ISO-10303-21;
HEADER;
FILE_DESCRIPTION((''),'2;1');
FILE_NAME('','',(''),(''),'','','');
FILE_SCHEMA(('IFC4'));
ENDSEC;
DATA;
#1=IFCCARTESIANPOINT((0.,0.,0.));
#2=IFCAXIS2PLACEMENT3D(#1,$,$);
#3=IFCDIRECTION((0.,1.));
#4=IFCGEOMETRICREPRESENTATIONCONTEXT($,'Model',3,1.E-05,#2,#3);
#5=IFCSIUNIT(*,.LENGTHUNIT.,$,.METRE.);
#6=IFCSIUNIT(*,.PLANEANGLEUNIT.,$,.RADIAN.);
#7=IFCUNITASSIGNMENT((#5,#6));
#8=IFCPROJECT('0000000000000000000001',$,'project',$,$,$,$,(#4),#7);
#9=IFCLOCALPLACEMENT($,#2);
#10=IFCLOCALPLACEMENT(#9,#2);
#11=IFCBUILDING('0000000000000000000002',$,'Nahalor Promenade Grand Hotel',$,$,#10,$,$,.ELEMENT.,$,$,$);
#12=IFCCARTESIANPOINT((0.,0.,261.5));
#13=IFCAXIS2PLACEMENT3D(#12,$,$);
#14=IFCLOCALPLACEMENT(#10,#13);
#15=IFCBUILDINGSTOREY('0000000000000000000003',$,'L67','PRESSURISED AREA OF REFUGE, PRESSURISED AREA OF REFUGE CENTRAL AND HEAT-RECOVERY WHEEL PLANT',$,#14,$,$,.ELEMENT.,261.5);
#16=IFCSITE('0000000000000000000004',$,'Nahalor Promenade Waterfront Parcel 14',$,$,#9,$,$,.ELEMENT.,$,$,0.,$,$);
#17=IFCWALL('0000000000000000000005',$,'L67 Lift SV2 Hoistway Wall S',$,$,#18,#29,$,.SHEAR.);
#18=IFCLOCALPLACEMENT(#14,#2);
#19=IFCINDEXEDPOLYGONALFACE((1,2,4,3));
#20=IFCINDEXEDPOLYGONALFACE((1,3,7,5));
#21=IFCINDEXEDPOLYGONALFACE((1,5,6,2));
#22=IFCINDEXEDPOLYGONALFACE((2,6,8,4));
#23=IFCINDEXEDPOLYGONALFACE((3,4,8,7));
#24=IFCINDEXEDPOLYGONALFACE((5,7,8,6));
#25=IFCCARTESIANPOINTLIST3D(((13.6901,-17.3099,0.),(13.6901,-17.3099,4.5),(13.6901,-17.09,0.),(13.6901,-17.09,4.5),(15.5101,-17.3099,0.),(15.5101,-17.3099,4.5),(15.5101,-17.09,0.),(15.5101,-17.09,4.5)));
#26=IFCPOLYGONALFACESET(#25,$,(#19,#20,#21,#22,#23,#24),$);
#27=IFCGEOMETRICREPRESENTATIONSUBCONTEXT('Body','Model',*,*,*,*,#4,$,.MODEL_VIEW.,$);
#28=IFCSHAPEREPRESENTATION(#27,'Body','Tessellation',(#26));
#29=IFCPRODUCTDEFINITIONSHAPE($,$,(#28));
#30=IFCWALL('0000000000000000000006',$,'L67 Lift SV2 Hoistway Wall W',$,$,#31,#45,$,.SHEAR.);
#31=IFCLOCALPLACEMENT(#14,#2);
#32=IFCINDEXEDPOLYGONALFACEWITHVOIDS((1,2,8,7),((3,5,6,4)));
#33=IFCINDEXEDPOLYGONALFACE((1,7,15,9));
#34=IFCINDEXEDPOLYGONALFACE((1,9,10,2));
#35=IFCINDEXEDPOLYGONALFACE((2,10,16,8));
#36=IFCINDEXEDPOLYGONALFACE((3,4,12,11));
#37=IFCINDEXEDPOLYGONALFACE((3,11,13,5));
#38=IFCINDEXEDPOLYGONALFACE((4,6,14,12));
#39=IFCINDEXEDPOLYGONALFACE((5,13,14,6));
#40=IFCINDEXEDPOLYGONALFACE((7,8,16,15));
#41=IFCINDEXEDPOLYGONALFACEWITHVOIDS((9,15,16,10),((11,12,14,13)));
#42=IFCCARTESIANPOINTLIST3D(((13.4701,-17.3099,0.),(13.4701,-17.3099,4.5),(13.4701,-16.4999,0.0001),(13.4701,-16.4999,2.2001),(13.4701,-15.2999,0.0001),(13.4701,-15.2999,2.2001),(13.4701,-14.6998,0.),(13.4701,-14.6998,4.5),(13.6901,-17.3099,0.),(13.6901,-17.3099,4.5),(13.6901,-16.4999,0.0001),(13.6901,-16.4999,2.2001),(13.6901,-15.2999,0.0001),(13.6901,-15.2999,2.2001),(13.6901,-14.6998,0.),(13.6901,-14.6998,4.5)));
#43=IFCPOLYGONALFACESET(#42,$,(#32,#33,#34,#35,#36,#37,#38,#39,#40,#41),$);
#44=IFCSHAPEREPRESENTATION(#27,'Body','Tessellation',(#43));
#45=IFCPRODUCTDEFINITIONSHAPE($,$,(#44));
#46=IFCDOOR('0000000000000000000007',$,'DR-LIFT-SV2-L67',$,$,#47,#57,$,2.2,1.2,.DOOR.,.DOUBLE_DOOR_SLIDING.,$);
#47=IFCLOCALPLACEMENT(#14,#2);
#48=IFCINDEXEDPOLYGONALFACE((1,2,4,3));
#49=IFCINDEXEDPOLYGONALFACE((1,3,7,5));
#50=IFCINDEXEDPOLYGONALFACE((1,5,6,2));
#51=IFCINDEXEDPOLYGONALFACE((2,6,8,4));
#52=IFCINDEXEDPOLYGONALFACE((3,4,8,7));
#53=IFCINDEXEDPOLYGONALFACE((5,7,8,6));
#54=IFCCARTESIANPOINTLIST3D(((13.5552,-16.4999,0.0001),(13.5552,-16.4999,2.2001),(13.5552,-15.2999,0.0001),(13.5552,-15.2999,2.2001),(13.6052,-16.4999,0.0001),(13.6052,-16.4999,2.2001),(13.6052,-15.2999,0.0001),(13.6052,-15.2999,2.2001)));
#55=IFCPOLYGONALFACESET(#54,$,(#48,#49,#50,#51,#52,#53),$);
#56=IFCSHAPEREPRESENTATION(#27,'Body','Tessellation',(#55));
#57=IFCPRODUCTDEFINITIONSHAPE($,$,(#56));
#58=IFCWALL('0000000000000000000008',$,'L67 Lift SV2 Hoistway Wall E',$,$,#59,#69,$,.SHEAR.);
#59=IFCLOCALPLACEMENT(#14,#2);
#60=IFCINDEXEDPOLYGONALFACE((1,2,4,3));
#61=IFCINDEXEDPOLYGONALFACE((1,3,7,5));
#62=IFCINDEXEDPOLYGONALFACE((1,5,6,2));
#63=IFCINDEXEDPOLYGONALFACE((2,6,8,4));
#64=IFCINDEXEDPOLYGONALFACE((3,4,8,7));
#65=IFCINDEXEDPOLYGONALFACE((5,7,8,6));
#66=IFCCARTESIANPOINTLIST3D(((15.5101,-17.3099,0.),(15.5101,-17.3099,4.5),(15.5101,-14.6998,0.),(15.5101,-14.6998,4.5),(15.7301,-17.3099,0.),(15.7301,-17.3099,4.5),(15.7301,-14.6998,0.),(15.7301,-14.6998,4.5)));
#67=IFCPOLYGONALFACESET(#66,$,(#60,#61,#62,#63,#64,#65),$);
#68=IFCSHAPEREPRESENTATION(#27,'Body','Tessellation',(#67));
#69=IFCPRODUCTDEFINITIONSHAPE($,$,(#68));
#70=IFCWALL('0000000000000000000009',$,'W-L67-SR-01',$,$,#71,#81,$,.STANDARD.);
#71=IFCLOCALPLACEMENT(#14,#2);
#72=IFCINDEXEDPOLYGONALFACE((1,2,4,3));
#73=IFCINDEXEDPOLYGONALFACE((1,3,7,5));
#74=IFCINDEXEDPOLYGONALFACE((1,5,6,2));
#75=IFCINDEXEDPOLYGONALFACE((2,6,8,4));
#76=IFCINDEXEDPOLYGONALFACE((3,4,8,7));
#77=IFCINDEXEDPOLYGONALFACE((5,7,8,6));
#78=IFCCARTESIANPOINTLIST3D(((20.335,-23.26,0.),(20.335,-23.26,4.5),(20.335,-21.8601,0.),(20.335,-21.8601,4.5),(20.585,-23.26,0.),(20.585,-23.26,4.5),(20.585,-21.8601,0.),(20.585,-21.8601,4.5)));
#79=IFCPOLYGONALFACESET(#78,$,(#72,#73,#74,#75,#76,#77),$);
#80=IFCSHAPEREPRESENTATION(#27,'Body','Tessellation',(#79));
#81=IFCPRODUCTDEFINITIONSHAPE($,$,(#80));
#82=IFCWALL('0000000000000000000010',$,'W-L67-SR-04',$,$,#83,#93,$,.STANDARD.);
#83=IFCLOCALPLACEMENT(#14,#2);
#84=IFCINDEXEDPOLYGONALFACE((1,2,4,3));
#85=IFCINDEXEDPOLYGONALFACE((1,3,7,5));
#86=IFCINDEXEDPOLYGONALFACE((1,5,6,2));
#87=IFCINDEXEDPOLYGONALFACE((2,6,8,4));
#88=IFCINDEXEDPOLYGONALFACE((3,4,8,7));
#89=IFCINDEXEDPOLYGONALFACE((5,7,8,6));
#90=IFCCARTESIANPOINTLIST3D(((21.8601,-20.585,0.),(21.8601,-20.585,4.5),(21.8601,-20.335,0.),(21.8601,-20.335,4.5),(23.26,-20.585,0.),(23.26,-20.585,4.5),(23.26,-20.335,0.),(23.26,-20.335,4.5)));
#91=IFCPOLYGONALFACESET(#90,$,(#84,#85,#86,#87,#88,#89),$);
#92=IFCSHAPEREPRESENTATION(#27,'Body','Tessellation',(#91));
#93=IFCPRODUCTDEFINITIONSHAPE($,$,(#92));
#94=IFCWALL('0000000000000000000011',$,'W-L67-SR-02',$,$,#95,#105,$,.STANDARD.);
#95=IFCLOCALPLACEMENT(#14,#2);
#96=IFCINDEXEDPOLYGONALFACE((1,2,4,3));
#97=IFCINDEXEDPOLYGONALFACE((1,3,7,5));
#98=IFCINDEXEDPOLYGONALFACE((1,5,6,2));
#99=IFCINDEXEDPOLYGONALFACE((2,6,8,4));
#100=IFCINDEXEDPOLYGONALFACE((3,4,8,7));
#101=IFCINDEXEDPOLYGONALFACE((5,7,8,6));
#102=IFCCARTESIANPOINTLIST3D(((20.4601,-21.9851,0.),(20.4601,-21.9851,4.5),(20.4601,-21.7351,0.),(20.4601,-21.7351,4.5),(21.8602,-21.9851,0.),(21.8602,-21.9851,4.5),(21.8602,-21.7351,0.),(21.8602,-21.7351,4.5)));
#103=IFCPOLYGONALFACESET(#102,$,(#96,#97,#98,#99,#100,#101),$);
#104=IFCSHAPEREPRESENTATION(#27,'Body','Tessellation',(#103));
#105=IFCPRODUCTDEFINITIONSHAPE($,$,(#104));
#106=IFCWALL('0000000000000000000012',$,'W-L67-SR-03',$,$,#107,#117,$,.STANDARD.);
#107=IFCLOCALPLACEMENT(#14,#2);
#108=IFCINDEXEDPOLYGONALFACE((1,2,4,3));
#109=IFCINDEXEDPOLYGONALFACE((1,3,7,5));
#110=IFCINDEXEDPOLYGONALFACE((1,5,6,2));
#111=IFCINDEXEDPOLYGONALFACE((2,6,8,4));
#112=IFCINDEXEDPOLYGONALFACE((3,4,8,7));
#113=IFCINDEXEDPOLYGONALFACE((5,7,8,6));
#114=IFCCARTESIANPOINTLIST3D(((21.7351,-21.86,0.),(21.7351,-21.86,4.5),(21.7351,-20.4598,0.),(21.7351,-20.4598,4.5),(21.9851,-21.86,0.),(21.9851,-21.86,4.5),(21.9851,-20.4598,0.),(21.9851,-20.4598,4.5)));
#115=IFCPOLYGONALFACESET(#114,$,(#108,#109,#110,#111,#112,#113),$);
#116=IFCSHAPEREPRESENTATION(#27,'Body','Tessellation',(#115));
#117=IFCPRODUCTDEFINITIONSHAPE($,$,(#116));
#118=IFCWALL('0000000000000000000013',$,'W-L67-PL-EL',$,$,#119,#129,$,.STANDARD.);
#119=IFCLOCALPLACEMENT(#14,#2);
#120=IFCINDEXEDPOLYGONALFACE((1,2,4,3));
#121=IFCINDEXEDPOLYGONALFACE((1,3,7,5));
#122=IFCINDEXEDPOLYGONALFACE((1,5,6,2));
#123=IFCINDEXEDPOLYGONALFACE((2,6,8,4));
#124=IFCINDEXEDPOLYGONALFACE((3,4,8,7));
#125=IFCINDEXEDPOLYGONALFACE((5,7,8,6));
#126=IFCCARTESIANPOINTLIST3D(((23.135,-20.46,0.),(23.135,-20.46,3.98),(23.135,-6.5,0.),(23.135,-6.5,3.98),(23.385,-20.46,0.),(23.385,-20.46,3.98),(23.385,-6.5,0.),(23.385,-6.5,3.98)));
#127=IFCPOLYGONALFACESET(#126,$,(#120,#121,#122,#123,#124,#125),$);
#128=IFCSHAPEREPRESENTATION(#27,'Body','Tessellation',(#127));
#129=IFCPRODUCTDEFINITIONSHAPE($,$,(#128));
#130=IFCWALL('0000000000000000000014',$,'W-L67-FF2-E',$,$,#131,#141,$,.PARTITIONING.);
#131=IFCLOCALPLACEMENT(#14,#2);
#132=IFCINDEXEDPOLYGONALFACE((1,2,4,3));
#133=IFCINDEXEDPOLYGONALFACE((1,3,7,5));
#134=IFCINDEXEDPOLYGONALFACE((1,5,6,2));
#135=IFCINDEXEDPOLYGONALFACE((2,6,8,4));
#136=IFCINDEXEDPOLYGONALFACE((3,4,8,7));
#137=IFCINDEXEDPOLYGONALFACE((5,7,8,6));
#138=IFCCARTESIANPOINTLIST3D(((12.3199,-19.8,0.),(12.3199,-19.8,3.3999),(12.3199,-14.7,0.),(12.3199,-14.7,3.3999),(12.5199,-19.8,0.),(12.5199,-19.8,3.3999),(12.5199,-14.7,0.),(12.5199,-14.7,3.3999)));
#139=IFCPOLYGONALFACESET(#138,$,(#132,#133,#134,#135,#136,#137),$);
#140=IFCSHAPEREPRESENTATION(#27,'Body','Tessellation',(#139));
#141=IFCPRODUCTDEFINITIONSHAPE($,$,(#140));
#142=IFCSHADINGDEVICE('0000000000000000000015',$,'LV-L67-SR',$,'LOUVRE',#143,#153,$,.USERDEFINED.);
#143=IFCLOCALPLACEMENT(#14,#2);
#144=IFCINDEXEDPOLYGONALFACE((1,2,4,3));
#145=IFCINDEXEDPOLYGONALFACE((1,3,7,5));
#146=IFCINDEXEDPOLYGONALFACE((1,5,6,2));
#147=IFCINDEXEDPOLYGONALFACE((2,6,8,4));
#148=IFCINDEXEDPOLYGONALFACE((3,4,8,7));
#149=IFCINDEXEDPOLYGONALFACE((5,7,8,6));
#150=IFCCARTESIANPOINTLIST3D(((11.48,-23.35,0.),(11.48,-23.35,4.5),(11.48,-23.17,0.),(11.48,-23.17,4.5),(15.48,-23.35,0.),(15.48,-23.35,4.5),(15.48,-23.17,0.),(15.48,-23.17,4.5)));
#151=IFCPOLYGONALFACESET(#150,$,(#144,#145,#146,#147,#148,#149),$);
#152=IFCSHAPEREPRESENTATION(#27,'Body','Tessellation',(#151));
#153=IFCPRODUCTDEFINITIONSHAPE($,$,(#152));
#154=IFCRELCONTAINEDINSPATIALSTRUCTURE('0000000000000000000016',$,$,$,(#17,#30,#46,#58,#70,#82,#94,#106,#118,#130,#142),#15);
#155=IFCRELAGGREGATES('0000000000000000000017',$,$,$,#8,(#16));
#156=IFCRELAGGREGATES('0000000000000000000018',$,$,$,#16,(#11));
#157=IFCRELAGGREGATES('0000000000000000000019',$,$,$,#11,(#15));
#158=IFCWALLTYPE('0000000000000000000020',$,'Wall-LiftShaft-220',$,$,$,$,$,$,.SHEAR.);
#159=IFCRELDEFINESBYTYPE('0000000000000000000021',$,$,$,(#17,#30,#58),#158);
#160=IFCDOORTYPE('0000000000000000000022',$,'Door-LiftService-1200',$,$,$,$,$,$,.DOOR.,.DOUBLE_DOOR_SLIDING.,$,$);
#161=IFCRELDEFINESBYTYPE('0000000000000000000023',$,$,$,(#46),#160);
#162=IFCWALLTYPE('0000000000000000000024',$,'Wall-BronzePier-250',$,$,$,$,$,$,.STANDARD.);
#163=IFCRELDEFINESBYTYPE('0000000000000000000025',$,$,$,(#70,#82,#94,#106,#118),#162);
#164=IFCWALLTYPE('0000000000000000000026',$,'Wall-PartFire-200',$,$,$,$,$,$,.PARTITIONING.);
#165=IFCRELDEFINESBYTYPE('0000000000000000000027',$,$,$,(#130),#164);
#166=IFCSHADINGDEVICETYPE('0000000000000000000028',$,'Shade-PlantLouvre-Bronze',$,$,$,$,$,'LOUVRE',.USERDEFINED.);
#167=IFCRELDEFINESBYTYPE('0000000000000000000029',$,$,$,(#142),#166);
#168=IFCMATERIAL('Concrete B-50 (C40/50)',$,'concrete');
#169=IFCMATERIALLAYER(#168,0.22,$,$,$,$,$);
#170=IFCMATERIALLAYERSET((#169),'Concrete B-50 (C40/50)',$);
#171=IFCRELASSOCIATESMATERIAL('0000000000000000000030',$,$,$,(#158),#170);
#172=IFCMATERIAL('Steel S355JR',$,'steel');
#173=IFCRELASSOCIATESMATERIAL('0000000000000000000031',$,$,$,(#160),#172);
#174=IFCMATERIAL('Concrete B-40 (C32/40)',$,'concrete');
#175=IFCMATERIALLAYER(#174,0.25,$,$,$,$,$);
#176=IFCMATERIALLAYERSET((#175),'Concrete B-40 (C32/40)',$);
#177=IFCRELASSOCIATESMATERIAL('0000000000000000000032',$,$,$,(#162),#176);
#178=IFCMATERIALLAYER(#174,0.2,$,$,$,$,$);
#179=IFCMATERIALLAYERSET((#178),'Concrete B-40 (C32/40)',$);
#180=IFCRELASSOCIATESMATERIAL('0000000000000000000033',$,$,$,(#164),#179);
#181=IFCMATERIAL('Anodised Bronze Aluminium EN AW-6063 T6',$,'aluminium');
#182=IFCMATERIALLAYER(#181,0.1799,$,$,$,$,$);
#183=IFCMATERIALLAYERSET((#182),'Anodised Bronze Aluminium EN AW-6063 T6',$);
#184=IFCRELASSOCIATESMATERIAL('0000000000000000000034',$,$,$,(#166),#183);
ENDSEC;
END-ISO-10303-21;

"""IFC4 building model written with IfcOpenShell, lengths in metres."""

from ifc_helpers import new_model, si_unit, direction, frame, frame_2d, origin, origin_2d, place, context, subcontext, project, spatial, rectangle, extrude, source, transform, mapped, material, layer, layer_set, type_object, element, fill, save


model = new_model("IFC4")

# Units and contexts
model_context = context("Model", 3, precision=1e-05, world=origin(), true_north=direction((0.0, 1.0)))
body_context = subcontext(model_context, "Body", "Model", "MODEL_VIEW")
ifc_project = project(units=[si_unit("LENGTHUNIT", "METRE"), si_unit("PLANEANGLEUNIT", "RADIAN")], contexts=[model_context])

# Site, building, storey
site_placement = place(None, origin())
site = spatial("IfcSite", under=ifc_project, at=site_placement, Name="Nahalor Promenade Waterfront Parcel 14", CompositionType="ELEMENT", RefElevation=0.0)
building_placement = place(site_placement, origin())
building = spatial("IfcBuilding", under=site, at=building_placement, Name="Nahalor Promenade Grand Hotel", CompositionType="ELEMENT")
storey_placement = place(building_placement, frame((0.0, 0.0, 261.5)))
storey = spatial("IfcBuildingStorey", under=building, at=storey_placement, Name="L67", Description="PRESSURISED AREA OF REFUGE, PRESSURISED AREA OF REFUGE CENTRAL AND HEAT-RECOVERY WHEEL PLANT", CompositionType="ELEMENT", Elevation=261.5)

# Shared definitions
ifc_material_1 = material(Name="Steel S355JR", Category="steel")

# Wall
ifc_material_2 = material(Name="Concrete B-50 (C40/50)", Category="concrete")
ifc_layer_1 = layer(ifc_material_2, 0.22)
ifc_layer_set_1 = layer_set([ifc_layer_1], Name="Concrete B-50 (C40/50)")
wall_type_1 = type_object("IfcWallType", Name="Wall-LiftShaft-220", PredefinedType="SHEAR", material=ifc_layer_set_1)
shared_shape_1 = source(origin(), body_context, "Body", "SweptSolid", [
    extrude(rectangle(XDim=1.8201, YDim=0.22, at=frame_2d((0.9102, 0.0))), origin(), (0.0, 0.0, 1.0), 4.5),
])
wall_1_placement = place(storey_placement, frame((13.6899, -17.2, 0.0), z_axis=(0.0, 0.0, 1.0), x_axis=(1.0, 0.0, 0.0)))
element("IfcWall", 1, at=wall_1_placement, inside=storey, type_object=wall_type_1, Name="L67 Lift SV2 Hoistway Wall S", PredefinedType="SHEAR", context=body_context, shape_type="MappedRepresentation", body=[
    mapped(shared_shape_1, transform((0.0, 0.0, 0.0), scale=1.0)),
])

# Wall, opening, door
shared_shape_2 = source(origin(), body_context, "Body", "SweptSolid", [
    extrude(rectangle(XDim=2.6101, YDim=0.22, at=frame_2d((1.3052, 0.0))), origin(), (0.0, 0.0, 1.0), 4.5),
])
wall_2_placement = place(storey_placement, frame((13.5801, -17.3101, 0.0), z_axis=(0.0, 0.0, 1.0), x_axis=(0.0, 1.0, 0.0)))
wall_2 = element("IfcWall", 2, at=wall_2_placement, inside=storey, type_object=wall_type_1, Name="L67 Lift SV2 Hoistway Wall W", PredefinedType="SHEAR", context=body_context, shape_type="MappedRepresentation", body=[
    mapped(shared_shape_2, transform((0.0, 0.0, 0.0), scale=1.0)),
])
opening_placement = place(wall_2_placement, frame((0.8101, 0.0, 0.0)))
opening = element("IfcOpeningElement", 3, at=opening_placement, cuts=wall_2, PredefinedType="OPENING", context=body_context, shape_type="SweptSolid", body=[
    extrude(rectangle(XDim=1.2, YDim=2.2, at=frame_2d((0.6001, 1.1001))), frame((0.0, 0.1199, 0.0), z_axis=(0.0, -1.0, 0.0), x_axis=(1.0, 0.0, 0.0)), (0.0, 0.0, 1.0), 0.24),
])
door_type = type_object("IfcDoorType", Name="Door-LiftService-1200", OperationType="DOUBLE_DOOR_SLIDING", PredefinedType="DOOR", material=ifc_material_1)
shared_shape_3 = source(origin(), body_context, "Body", "SweptSolid", [
    extrude(rectangle(XDim=1.2, YDim=2.2, at=frame_2d((0.6001, 1.1001))), frame((0.0, 0.0249, 0.0), z_axis=(0.0, -1.0, 0.0), x_axis=(1.0, 0.0, 0.0)), (0.0, 0.0, 1.0), 0.05),
])
door_placement = place(opening_placement, origin())
door = element("IfcDoor", 4, at=door_placement, inside=storey, type_object=door_type, Name="DR-LIFT-SV2-L67", OperationType="DOUBLE_DOOR_SLIDING", OverallHeight=2.2, OverallWidth=1.2, PredefinedType="DOOR", context=body_context, shape_type="MappedRepresentation", body=[
    mapped(shared_shape_3, transform((0.0, 0.0, 0.0), scale=1.0)),
])
fill(opening, door)

# Walls
wall_3_placement = place(storey_placement, frame((15.6201, -17.3101, 0.0), z_axis=(0.0, 0.0, 1.0), x_axis=(0.0, 1.0, 0.0)))
element("IfcWall", 5, at=wall_3_placement, inside=storey, type_object=wall_type_1, Name="L67 Lift SV2 Hoistway Wall E", PredefinedType="SHEAR", context=body_context, shape_type="MappedRepresentation", body=[
    mapped(shared_shape_2, transform((0.0, 0.0, 0.0), scale=1.0)),
])
ifc_material_3 = material(Name="Concrete B-40 (C32/40)", Category="concrete")
ifc_layer_2 = layer(ifc_material_3, 0.25)
ifc_layer_set_2 = layer_set([ifc_layer_2], Name="Concrete B-40 (C32/40)")
wall_type_2 = type_object("IfcWallType", Name="Wall-BronzePier-250", PredefinedType="STANDARD", material=ifc_layer_set_2)
shared_shape_4 = source(origin(), body_context, "Body", "SweptSolid", [
    extrude(rectangle(XDim=1.3999, YDim=0.25, at=frame_2d((0.7, 0.0))), origin(), (0.0, 0.0, 1.0), 4.5),
])
for number, where, z_axis, x_axis, name in (
    (6, (20.46, -23.26, 0.0), (0.0, 0.0, 1.0), (0.0, 1.0, 0.0), "W-L67-SR-01"),
    (7, (21.8601, -20.46, 0.0), (0.0, 0.0, 1.0), (1.0, 0.0, 0.0), "W-L67-SR-04"),
):
    element("IfcWall", number, at=place(storey_placement, frame(where, z_axis=z_axis, x_axis=x_axis)), inside=storey, type_object=wall_type_2, Name=name, PredefinedType="STANDARD", context=body_context, shape_type="MappedRepresentation", body=[
        mapped(shared_shape_4, transform((0.0, 0.0, 0.0), scale=1.0)),
    ])
shared_shape_5 = source(origin(), body_context, "Body", "SweptSolid", [
    extrude(rectangle(XDim=1.4001, YDim=0.25, at=frame_2d((0.7002, 0.0))), origin(), (0.0, 0.0, 1.0), 4.5),
])
for number, where, z_axis, x_axis, name in (
    (8, (20.46, -21.8601, 0.0), (0.0, 0.0, 1.0), (1.0, 0.0, 0.0), "W-L67-SR-02"),
    (9, (21.8601, -21.8601, 0.0), (0.0, 0.0, 1.0), (0.0, 1.0, 0.0), "W-L67-SR-03"),
):
    element("IfcWall", number, at=place(storey_placement, frame(where, z_axis=z_axis, x_axis=x_axis)), inside=storey, type_object=wall_type_2, Name=name, PredefinedType="STANDARD", context=body_context, shape_type="MappedRepresentation", body=[
        mapped(shared_shape_5, transform((0.0, 0.0, 0.0), scale=1.0)),
    ])
shared_shape_6 = source(origin(), body_context, "Body", "SweptSolid", [
    extrude(rectangle(XDim=13.96, YDim=0.25, at=frame_2d((6.98, 0.0))), origin(), (0.0, 0.0, 1.0), 3.98),
])
wall_4_placement = place(storey_placement, frame((23.26, -20.46, 0.0), z_axis=(0.0, 0.0, 1.0), x_axis=(0.0, 1.0, 0.0)))
element("IfcWall", 10, at=wall_4_placement, inside=storey, type_object=wall_type_2, Name="W-L67-PL-EL", PredefinedType="STANDARD", context=body_context, shape_type="MappedRepresentation", body=[
    mapped(shared_shape_6, transform((0.0, 0.0, 0.0), scale=1.0)),
])
ifc_layer_3 = layer(ifc_material_3, 0.2)
ifc_layer_set_3 = layer_set([ifc_layer_3], Name="Concrete B-40 (C32/40)")
wall_type_3 = type_object("IfcWallType", Name="Wall-PartFire-200", PredefinedType="PARTITIONING", material=ifc_layer_set_3)
shared_shape_7 = source(origin(), body_context, "Body", "SweptSolid", [
    extrude(rectangle(XDim=5.1001, YDim=0.2, at=frame_2d((2.55, 0.0))), origin(), (0.0, 0.0, 1.0), 3.3999),
])
wall_5_placement = place(storey_placement, frame((12.4199, -19.8, 0.0), z_axis=(0.0, 0.0, 1.0), x_axis=(0.0, 1.0, 0.0)))
element("IfcWall", 11, at=wall_5_placement, inside=storey, type_object=wall_type_3, Name="W-L67-FF2-E", PredefinedType="PARTITIONING", context=body_context, shape_type="MappedRepresentation", body=[
    mapped(shared_shape_7, transform((0.0, 0.0, 0.0), scale=1.0)),
])

# Shading device
ifc_material_4 = material(Name="Anodised Bronze Aluminium EN AW-6063 T6", Category="aluminium")
ifc_layer_4 = layer(ifc_material_4, 0.1799)
ifc_layer_set_4 = layer_set([ifc_layer_4], Name="Anodised Bronze Aluminium EN AW-6063 T6")
shading_device_type = type_object("IfcShadingDeviceType", Name="Shade-PlantLouvre-Bronze", ElementType="LOUVRE", PredefinedType="USERDEFINED", material=ifc_layer_set_4)
shared_shape_8 = source(origin(), body_context, "Body", "SweptSolid", [
    extrude(rectangle(XDim=4.0, YDim=0.1799, at=origin_2d()), origin(), (0.0, 0.0, 1.0), 4.5),
])
shading_device_placement = place(storey_placement, frame((13.48, -23.26, 0.0), z_axis=(0.0, 0.0, 1.0), x_axis=(1.0, 0.0, 0.0)))
element("IfcShadingDevice", 12, at=shading_device_placement, inside=storey, type_object=shading_device_type, Name="LV-L67-SR", ObjectType="LOUVRE", PredefinedType="USERDEFINED", context=body_context, shape_type="MappedRepresentation", body=[
    mapped(shared_shape_8, transform((0.0, 0.0, 0.0), scale=1.0)),
])

save(model, "model.ifc")
